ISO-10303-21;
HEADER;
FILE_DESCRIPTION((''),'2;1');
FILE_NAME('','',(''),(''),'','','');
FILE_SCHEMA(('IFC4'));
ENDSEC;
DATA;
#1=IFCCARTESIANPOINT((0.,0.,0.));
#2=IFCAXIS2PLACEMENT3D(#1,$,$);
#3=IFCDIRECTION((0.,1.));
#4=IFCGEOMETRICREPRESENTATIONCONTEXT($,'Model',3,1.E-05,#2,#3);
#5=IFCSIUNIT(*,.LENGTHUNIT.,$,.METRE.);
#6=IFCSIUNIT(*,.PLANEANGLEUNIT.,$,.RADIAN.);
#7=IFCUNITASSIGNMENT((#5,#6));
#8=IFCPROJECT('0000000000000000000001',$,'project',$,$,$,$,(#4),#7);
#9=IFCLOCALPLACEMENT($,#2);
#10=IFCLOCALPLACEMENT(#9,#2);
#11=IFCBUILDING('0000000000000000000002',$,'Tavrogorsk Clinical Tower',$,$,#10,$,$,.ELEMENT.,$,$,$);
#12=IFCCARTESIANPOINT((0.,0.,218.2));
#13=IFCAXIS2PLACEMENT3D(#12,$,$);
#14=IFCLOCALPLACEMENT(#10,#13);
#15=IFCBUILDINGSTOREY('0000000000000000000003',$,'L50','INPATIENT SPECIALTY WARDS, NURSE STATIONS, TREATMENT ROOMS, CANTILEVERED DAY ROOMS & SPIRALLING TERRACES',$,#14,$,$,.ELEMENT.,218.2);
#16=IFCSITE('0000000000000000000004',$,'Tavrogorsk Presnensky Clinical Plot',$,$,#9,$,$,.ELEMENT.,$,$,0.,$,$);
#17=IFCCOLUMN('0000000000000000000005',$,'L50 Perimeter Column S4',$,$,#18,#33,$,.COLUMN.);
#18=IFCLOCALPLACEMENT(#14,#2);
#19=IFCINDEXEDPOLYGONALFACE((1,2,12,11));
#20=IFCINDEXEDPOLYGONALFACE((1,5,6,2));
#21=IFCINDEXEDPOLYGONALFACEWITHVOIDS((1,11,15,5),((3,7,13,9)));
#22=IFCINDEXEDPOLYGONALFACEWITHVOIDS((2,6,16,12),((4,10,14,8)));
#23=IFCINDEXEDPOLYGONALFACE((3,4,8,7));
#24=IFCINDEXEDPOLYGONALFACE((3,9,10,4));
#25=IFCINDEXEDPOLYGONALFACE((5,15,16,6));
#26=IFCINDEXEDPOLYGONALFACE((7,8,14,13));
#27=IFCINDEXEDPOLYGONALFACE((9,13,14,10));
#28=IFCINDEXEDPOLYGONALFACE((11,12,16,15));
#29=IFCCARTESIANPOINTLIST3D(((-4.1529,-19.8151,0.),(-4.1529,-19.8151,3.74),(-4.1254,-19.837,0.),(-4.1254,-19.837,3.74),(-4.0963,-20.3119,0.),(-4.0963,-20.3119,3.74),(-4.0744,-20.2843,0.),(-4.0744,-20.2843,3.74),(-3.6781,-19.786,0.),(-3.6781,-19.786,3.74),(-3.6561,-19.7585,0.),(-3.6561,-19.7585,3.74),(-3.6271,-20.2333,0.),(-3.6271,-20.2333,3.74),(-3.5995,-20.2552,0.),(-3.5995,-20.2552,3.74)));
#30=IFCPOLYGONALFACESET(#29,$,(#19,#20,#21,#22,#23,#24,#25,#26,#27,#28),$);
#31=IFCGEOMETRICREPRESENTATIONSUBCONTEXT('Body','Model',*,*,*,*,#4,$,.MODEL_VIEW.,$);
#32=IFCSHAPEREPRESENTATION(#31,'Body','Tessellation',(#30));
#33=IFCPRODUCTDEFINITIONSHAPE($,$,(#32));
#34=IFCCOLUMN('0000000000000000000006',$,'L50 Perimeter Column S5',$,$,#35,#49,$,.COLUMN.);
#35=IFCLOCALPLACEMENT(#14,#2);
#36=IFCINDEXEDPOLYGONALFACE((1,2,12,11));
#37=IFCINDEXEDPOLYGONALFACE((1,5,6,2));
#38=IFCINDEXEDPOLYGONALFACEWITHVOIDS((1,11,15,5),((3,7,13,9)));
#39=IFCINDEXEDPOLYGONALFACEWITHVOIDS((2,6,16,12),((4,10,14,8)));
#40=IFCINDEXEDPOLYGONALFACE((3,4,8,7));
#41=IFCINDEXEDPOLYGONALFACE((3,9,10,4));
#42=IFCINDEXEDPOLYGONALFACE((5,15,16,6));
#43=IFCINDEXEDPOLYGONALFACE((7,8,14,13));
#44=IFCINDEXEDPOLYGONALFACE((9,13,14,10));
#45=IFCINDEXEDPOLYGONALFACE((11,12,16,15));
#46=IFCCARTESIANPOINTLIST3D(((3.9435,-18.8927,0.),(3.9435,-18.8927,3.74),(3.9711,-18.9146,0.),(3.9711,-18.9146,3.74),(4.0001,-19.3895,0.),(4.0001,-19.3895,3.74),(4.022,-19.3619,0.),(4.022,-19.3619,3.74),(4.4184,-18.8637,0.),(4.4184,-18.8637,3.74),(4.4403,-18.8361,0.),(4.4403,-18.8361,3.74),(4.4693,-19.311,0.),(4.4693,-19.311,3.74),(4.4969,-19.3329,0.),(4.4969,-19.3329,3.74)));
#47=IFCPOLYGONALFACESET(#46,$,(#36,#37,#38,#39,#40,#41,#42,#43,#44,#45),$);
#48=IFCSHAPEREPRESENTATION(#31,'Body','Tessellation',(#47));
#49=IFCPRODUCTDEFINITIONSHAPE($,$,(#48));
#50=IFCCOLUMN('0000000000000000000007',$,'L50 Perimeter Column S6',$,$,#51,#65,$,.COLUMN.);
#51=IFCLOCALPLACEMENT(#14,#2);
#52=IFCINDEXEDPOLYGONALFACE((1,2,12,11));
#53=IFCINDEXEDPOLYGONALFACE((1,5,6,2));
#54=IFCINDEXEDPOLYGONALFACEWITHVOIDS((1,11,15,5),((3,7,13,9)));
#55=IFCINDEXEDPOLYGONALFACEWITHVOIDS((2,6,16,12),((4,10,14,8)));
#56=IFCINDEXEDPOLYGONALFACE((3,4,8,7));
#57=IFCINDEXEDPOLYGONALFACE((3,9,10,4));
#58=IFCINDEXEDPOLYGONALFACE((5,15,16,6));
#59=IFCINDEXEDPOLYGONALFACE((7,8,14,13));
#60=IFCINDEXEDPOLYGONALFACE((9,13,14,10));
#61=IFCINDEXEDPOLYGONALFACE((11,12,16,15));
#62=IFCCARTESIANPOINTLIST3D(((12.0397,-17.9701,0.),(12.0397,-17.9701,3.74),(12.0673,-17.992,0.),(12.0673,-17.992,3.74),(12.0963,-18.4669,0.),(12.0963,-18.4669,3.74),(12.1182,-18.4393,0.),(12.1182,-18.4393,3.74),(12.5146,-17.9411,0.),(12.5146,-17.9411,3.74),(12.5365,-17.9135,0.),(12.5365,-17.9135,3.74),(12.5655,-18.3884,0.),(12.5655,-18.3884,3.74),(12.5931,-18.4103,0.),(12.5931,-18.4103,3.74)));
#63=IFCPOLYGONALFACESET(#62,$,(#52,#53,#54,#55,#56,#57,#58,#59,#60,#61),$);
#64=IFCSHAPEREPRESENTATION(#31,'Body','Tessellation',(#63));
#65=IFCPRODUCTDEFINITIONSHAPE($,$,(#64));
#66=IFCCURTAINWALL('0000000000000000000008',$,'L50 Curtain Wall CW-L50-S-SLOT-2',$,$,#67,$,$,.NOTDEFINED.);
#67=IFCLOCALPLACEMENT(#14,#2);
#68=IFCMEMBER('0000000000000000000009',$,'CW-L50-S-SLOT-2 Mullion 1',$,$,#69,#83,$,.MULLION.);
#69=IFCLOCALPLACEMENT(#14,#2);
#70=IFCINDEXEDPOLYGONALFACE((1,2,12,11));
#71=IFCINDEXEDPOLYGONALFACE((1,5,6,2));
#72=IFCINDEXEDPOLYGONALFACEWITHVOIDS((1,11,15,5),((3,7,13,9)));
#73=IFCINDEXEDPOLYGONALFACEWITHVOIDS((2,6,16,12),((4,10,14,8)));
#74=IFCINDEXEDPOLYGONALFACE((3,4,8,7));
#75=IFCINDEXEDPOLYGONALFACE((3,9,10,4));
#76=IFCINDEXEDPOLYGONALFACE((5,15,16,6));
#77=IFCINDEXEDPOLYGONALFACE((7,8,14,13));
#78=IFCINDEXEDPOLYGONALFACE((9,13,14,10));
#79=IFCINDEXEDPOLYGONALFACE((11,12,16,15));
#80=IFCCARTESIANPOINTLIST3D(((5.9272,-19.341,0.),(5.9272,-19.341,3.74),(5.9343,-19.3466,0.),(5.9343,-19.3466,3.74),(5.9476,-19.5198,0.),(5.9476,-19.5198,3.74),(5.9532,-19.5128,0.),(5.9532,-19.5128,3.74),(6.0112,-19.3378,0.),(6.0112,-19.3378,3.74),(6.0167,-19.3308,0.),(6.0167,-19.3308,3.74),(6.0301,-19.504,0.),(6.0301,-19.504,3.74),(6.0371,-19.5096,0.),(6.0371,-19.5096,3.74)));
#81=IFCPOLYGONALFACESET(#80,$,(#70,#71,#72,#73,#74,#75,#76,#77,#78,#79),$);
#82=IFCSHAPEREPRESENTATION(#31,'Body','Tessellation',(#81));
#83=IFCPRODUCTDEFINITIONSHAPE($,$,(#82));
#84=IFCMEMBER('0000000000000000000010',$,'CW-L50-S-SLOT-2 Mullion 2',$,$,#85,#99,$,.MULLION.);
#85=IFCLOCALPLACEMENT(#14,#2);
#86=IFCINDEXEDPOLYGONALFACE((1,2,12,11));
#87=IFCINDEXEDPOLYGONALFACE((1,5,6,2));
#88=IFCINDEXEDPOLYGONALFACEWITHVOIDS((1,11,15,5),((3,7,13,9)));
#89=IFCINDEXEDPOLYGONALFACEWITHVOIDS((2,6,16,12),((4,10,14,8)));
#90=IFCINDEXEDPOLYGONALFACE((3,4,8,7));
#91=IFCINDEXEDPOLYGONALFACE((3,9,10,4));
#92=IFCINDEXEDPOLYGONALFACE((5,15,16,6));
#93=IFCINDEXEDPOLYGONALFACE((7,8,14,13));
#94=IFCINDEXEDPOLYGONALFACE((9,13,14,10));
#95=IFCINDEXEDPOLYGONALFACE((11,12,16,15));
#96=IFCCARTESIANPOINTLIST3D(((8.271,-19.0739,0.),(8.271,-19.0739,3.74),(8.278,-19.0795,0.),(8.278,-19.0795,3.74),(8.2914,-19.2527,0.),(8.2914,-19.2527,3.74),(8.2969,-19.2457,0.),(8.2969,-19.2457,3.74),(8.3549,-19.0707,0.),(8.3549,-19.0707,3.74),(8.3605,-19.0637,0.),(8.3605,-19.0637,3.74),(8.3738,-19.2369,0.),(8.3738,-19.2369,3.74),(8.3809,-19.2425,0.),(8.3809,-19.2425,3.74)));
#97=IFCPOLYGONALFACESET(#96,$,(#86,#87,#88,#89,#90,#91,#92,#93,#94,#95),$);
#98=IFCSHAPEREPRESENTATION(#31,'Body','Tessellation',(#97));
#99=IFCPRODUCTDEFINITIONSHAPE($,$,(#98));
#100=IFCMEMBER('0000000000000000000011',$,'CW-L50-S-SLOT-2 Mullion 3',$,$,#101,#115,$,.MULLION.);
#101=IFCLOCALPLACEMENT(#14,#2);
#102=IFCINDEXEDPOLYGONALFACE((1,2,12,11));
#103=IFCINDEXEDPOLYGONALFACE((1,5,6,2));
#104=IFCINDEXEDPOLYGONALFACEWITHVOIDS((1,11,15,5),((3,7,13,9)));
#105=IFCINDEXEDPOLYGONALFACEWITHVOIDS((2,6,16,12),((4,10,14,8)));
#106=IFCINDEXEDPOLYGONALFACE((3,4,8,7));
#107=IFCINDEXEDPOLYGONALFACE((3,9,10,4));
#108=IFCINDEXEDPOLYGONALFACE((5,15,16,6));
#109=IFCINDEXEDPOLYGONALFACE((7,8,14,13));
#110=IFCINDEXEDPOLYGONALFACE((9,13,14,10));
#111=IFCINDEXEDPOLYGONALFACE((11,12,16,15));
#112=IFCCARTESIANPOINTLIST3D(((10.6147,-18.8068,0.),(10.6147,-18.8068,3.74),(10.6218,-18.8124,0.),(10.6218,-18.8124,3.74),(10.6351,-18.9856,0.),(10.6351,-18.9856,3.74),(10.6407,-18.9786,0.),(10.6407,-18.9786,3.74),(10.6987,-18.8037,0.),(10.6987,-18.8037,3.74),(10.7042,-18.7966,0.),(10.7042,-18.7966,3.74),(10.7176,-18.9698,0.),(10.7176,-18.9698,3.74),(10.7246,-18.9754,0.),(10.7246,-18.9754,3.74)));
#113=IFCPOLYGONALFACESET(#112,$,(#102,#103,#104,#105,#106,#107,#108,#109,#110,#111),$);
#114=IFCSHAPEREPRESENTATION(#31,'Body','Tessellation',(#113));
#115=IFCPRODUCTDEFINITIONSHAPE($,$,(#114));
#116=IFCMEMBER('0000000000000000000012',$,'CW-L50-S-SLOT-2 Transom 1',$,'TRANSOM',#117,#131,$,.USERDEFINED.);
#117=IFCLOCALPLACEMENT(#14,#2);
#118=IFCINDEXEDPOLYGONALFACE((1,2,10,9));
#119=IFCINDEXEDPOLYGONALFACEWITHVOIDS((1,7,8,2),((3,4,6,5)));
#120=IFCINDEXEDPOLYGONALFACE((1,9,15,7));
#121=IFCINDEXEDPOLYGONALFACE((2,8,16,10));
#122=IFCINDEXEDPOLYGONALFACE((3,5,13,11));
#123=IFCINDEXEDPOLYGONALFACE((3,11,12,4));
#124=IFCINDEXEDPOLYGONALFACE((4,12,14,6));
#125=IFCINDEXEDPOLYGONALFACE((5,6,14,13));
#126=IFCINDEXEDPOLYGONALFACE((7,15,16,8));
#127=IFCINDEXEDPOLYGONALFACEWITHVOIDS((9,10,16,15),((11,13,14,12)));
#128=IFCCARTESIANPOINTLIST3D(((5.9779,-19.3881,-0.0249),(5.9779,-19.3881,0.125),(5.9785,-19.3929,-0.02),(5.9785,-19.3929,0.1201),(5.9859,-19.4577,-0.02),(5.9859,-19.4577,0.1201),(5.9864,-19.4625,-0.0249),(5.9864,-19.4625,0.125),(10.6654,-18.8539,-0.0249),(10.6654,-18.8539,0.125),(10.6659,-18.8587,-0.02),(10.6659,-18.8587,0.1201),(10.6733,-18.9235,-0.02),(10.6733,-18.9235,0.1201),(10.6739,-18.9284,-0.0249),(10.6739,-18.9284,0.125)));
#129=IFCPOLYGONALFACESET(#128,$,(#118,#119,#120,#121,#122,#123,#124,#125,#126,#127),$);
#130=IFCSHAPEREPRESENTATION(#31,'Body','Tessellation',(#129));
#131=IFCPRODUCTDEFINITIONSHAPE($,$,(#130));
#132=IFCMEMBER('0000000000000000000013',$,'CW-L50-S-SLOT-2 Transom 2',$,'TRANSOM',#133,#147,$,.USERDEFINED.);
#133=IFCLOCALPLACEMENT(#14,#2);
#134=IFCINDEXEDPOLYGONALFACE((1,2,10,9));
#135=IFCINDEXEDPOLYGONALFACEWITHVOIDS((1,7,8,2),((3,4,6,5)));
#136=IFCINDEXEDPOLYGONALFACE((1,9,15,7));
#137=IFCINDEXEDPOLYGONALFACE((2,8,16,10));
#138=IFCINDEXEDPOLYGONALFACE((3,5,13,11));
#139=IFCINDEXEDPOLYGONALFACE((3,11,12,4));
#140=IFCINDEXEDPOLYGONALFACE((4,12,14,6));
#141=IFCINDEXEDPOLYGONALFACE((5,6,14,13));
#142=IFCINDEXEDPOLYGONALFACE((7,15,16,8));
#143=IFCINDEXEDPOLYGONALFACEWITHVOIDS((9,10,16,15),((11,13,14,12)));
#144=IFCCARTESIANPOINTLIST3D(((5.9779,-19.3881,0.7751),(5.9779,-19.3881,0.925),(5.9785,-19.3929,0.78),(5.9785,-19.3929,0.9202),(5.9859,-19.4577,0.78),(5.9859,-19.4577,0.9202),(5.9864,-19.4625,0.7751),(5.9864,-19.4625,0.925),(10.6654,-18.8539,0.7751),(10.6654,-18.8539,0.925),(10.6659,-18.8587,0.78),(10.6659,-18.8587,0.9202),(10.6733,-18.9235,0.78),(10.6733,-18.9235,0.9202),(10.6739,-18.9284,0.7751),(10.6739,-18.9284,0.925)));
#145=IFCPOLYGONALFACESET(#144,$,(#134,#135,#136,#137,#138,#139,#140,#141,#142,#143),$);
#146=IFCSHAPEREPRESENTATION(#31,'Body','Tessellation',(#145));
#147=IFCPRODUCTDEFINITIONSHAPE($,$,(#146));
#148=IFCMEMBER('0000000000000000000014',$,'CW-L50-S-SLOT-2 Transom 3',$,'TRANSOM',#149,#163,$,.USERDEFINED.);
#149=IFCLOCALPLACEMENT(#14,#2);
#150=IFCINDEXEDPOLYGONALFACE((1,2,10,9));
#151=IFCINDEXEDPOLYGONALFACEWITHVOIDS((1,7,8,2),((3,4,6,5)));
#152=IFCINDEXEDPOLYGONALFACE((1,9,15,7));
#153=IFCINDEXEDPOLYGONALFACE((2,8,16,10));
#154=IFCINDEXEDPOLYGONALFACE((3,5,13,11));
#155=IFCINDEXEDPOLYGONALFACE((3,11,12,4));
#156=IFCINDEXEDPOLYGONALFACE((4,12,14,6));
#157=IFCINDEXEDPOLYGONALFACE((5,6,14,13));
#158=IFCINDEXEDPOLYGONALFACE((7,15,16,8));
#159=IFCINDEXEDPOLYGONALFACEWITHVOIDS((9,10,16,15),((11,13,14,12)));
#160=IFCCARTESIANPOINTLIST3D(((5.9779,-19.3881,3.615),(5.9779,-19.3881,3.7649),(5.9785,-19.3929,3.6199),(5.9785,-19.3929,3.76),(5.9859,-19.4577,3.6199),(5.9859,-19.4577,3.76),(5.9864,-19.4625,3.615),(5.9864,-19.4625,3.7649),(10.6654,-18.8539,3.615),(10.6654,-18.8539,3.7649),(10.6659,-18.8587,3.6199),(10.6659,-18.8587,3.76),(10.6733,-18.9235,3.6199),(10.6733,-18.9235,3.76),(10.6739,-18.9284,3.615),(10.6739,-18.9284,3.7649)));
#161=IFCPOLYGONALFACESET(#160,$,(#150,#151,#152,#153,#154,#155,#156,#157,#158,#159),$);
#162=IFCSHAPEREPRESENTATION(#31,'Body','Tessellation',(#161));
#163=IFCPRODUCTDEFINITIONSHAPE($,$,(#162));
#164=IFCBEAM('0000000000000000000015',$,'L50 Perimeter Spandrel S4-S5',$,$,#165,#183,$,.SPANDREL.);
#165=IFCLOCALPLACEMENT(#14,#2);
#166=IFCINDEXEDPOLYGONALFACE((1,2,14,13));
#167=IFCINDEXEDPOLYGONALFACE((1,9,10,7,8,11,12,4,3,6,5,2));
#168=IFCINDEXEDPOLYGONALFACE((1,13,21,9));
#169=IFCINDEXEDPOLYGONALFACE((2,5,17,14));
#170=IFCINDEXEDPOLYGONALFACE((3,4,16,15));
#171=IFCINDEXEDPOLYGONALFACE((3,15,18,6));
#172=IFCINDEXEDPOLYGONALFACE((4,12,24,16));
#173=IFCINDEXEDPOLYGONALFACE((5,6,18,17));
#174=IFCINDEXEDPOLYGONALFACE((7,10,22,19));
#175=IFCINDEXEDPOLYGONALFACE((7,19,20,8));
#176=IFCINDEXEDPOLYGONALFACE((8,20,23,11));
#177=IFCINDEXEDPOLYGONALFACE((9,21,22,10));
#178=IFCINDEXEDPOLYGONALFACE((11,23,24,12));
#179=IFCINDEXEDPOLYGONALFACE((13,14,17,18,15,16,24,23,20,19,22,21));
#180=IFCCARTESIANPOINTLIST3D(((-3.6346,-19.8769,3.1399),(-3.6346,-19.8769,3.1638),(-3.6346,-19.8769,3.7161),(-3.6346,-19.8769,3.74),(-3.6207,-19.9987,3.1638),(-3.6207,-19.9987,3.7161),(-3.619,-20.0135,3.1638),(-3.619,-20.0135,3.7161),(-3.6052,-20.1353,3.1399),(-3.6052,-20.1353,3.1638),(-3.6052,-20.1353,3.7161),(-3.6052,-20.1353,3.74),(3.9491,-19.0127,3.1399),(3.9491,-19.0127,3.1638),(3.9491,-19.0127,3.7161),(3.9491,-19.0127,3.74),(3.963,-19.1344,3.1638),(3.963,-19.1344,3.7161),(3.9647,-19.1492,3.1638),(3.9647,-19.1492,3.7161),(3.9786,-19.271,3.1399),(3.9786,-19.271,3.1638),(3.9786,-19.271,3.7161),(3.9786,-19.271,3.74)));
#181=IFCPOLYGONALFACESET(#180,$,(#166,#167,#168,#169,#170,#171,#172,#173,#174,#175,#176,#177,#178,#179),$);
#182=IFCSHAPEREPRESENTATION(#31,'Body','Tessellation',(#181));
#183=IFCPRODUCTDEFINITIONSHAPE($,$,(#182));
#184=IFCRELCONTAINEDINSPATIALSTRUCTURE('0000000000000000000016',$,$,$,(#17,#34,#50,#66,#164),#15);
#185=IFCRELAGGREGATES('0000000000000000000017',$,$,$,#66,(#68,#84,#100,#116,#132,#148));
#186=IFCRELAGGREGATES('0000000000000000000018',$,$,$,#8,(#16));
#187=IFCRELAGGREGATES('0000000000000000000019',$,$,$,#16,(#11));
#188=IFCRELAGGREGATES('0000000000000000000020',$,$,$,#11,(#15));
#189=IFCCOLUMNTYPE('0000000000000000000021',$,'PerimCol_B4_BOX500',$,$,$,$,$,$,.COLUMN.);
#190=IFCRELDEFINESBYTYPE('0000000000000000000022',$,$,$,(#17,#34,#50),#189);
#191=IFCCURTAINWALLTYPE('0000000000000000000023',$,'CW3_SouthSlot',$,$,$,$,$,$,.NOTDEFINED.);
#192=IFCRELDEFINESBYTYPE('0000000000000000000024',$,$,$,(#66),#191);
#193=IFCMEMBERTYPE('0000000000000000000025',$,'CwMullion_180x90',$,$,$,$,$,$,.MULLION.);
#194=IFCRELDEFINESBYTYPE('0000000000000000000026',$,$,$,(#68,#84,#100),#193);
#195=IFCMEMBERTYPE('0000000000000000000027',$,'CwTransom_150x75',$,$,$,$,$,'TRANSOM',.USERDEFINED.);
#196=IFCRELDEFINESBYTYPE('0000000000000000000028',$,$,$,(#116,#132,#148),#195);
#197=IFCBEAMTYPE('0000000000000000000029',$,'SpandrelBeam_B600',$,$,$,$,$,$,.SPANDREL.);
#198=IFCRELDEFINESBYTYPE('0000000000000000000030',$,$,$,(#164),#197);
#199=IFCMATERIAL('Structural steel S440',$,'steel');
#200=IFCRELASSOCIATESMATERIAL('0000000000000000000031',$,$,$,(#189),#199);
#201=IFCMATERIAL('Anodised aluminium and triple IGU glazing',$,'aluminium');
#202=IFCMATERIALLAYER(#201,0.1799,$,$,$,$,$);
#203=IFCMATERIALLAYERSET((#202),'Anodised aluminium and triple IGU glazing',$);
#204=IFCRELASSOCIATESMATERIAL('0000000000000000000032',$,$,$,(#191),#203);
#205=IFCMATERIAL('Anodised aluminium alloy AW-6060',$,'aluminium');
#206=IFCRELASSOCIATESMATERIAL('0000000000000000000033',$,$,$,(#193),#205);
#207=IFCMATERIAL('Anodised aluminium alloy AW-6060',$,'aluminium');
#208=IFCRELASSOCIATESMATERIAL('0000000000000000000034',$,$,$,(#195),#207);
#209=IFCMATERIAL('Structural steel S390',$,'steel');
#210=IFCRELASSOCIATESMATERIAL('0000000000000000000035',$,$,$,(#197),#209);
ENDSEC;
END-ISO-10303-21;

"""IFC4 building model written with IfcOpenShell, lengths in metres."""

from ifc_helpers import new_model, si_unit, direction, frame, origin, origin_2d, place, context, subcontext, project, spatial, hollow_rectangle, i_section, extrude, material, layer, layer_set, material_profile, profile_set, type_object, element, aggregate, save


model = new_model("IFC4")

# Units and contexts
model_context = context("Model", 3, precision=1e-05, world=origin(), true_north=direction((0.0, 1.0)))
body_context = subcontext(model_context, "Body", "Model", "MODEL_VIEW")
ifc_project = project(units=[si_unit("LENGTHUNIT", "METRE"), si_unit("PLANEANGLEUNIT", "RADIAN")], contexts=[model_context])

# Site, building, storey
site_placement = place(None, origin())
site = spatial("IfcSite", under=ifc_project, at=site_placement, Name="Tavrogorsk Presnensky Clinical Plot", CompositionType="ELEMENT", RefElevation=0.0)
building_placement = place(site_placement, origin())
building = spatial("IfcBuilding", under=site, at=building_placement, Name="Tavrogorsk Clinical Tower", CompositionType="ELEMENT")
storey_placement = place(building_placement, frame((0.0, 0.0, 218.2)))
storey = spatial("IfcBuildingStorey", under=building, at=storey_placement, Name="L50", Description="INPATIENT SPECIALTY WARDS, NURSE STATIONS, TREATMENT ROOMS, CANTILEVERED DAY ROOMS & SPIRALLING TERRACES", CompositionType="ELEMENT", Elevation=218.2)

# Columns
ifc_material_1 = material(Name="Structural steel S440", Category="steel")
ifc_material_profile_1 = material_profile(ifc_material_1, hollow_rectangle(XDim=0.5, YDim=0.5, WallThickness=0.0249, at=origin_2d()), Name="BOX-500x500x25")
ifc_profile_set_1 = profile_set([ifc_material_profile_1], Name="Structural steel S440")
column_type = type_object("IfcColumnType", Name="PerimCol_B4_BOX500", PredefinedType="COLUMN", material=ifc_profile_set_1)
for number, where, z_axis, x_axis, name in (
    (1, (-3.8762, -20.0352, 0.0), (0.0, 0.0, 1.0), (0.993572, 0.113203, 0.0), "L50 Perimeter Column S4"),
    (2, (4.2202, -19.1128, 0.0), (0.0, 0.0, 1.0), (0.993572, 0.113203, 0.0), "L50 Perimeter Column S5"),
    (3, (12.3164, -18.1902, 0.0), (0.0, 0.0, 1.0), (0.993572, 0.113203, 0.0), "L50 Perimeter Column S6"),
):
    element("IfcColumn", number, at=place(storey_placement, frame(where, z_axis=z_axis, x_axis=x_axis)), inside=storey, type_object=column_type, Name=name, PredefinedType="COLUMN", context=body_context, shape_type="SweptSolid", body=[
        extrude(hollow_rectangle(XDim=0.5, YDim=0.5, WallThickness=0.0249, at=origin_2d()), origin(), (0.0, 0.0, 1.0), 3.74),
    ])

# Curtain wall, members
ifc_material_2 = material(Name="Anodised aluminium and triple IGU glazing", Category="aluminium")
ifc_layer_1 = layer(ifc_material_2, 0.1799)
ifc_layer_set_1 = layer_set([ifc_layer_1], Name="Anodised aluminium and triple IGU glazing")
curtain_wall_type = type_object("IfcCurtainWallType", Name="CW3_SouthSlot", PredefinedType="NOTDEFINED", material=ifc_layer_set_1)
curtain_wall_placement = place(storey_placement, origin())
curtain_wall = element("IfcCurtainWall", 4, at=curtain_wall_placement, inside=storey, type_object=curtain_wall_type, Name="L50 Curtain Wall CW-L50-S-SLOT-2", PredefinedType="NOTDEFINED")
ifc_material_3 = material(Name="Anodised aluminium alloy AW-6060", Category="aluminium")
ifc_material_profile_2 = material_profile(ifc_material_3, hollow_rectangle(XDim=0.0901, YDim=0.1799, WallThickness=0.0063, at=origin_2d()), Name="RHS-180x90x6.3")
ifc_profile_set_2 = profile_set([ifc_material_profile_2], Name="Anodised aluminium alloy AW-6060")
member_type_1 = type_object("IfcMemberType", Name="CwMullion_180x90", PredefinedType="MULLION", material=ifc_profile_set_2)
member_1_placement = place(storey_placement, frame((5.9822, -19.4253, 0.0), z_axis=(0.0, 0.0, 1.0), x_axis=(0.993572, 0.113203, 0.0)))
member_1 = element("IfcMember", 5, at=member_1_placement, type_object=member_type_1, Name="CW-L50-S-SLOT-2 Mullion 1", PredefinedType="MULLION", context=body_context, shape_type="SweptSolid", body=[
    extrude(hollow_rectangle(XDim=0.0901, YDim=0.1799, WallThickness=0.0063, at=origin_2d()), origin(), (0.0, 0.0, 1.0), 3.74),
])
member_2_placement = place(storey_placement, frame((8.3259, -19.1582, 0.0), z_axis=(0.0, 0.0, 1.0), x_axis=(0.993572, 0.113203, 0.0)))
member_2 = element("IfcMember", 6, at=member_2_placement, type_object=member_type_1, Name="CW-L50-S-SLOT-2 Mullion 2", PredefinedType="MULLION", context=body_context, shape_type="SweptSolid", body=[
    extrude(hollow_rectangle(XDim=0.0901, YDim=0.1799, WallThickness=0.0063, at=origin_2d()), origin(), (0.0, 0.0, 1.0), 3.74),
])
member_3_placement = place(storey_placement, frame((10.6697, -18.8911, 0.0), z_axis=(0.0, 0.0, 1.0), x_axis=(0.993572, 0.113203, 0.0)))
member_3 = element("IfcMember", 7, at=member_3_placement, type_object=member_type_1, Name="CW-L50-S-SLOT-2 Mullion 3", PredefinedType="MULLION", context=body_context, shape_type="SweptSolid", body=[
    extrude(hollow_rectangle(XDim=0.0901, YDim=0.1799, WallThickness=0.0063, at=origin_2d()), origin(), (0.0, 0.0, 1.0), 3.74),
])
ifc_material_4 = material(Name="Anodised aluminium alloy AW-6060", Category="aluminium")
ifc_material_profile_3 = material_profile(ifc_material_4, hollow_rectangle(XDim=0.075, YDim=0.1499, WallThickness=0.0049, at=origin_2d()), Name="RHS-150x75x5")
ifc_profile_set_3 = profile_set([ifc_material_profile_3], Name="Anodised aluminium alloy AW-6060")
member_type_2 = type_object("IfcMemberType", Name="CwTransom_150x75", ElementType="TRANSOM", PredefinedType="USERDEFINED", material=ifc_profile_set_3)
member_4_placement = place(storey_placement, frame((5.9822, -19.4253, 0.05), z_axis=(0.993569, 0.113226, 0.0), x_axis=(-0.113226, 0.993569, 0.0)))
member_4 = element("IfcMember", 8, at=member_4_placement, type_object=member_type_2, Name="CW-L50-S-SLOT-2 Transom 1", ObjectType="TRANSOM", PredefinedType="USERDEFINED", context=body_context, shape_type="SweptSolid", body=[
    extrude(hollow_rectangle(XDim=0.075, YDim=0.1499, WallThickness=0.0049, at=origin_2d()), origin(), (0.0, 0.0, 1.0), 4.7178),
])
member_5_placement = place(storey_placement, frame((5.9822, -19.4253, 0.8501), z_axis=(0.993569, 0.113226, 0.0), x_axis=(-0.113226, 0.993569, 0.0)))
member_5 = element("IfcMember", 9, at=member_5_placement, type_object=member_type_2, Name="CW-L50-S-SLOT-2 Transom 2", ObjectType="TRANSOM", PredefinedType="USERDEFINED", context=body_context, shape_type="SweptSolid", body=[
    extrude(hollow_rectangle(XDim=0.075, YDim=0.1499, WallThickness=0.0049, at=origin_2d()), origin(), (0.0, 0.0, 1.0), 4.7178),
])
member_6_placement = place(storey_placement, frame((5.9822, -19.4253, 3.6899), z_axis=(0.993569, 0.113226, 0.0), x_axis=(-0.113226, 0.993569, 0.0)))
member_6 = element("IfcMember", 10, at=member_6_placement, type_object=member_type_2, Name="CW-L50-S-SLOT-2 Transom 3", ObjectType="TRANSOM", PredefinedType="USERDEFINED", context=body_context, shape_type="SweptSolid", body=[
    extrude(hollow_rectangle(XDim=0.075, YDim=0.1499, WallThickness=0.0049, at=origin_2d()), origin(), (0.0, 0.0, 1.0), 4.7178),
])

# Beam
ifc_material_5 = material(Name="Structural steel S390", Category="steel")
ifc_material_profile_4 = material_profile(ifc_material_5, i_section(OverallWidth=0.26, OverallDepth=0.6001, WebThickness=0.0149, FlangeThickness=0.0239, at=origin_2d()), Name="B-600x260x15x24")
ifc_profile_set_4 = profile_set([ifc_material_profile_4], Name="Structural steel S390")
beam_type = type_object("IfcBeamType", Name="SpandrelBeam_B600", PredefinedType="SPANDREL", material=ifc_profile_set_4)
for number, where, z_axis, x_axis, name in (
    (11, (-3.6199, -20.0061, 3.4399), (0.993569, 0.113229, 0.0), (-0.113229, 0.993569, 0.0), "L50 Perimeter Spandrel S4-S5"),
):
    element("IfcBeam", number, at=place(storey_placement, frame(where, z_axis=z_axis, x_axis=x_axis)), inside=storey, type_object=beam_type, Name=name, PredefinedType="SPANDREL", context=body_context, shape_type="SweptSolid", body=[
        extrude(i_section(OverallWidth=0.26, OverallDepth=0.6001, WebThickness=0.0149, FlangeThickness=0.0239, at=origin_2d()), origin(), (0.0, 0.0, 1.0), 7.6328),
    ])

aggregate(curtain_wall, [member_1, member_2, member_3, member_4, member_5, member_6])

save(model, "model.ifc")
